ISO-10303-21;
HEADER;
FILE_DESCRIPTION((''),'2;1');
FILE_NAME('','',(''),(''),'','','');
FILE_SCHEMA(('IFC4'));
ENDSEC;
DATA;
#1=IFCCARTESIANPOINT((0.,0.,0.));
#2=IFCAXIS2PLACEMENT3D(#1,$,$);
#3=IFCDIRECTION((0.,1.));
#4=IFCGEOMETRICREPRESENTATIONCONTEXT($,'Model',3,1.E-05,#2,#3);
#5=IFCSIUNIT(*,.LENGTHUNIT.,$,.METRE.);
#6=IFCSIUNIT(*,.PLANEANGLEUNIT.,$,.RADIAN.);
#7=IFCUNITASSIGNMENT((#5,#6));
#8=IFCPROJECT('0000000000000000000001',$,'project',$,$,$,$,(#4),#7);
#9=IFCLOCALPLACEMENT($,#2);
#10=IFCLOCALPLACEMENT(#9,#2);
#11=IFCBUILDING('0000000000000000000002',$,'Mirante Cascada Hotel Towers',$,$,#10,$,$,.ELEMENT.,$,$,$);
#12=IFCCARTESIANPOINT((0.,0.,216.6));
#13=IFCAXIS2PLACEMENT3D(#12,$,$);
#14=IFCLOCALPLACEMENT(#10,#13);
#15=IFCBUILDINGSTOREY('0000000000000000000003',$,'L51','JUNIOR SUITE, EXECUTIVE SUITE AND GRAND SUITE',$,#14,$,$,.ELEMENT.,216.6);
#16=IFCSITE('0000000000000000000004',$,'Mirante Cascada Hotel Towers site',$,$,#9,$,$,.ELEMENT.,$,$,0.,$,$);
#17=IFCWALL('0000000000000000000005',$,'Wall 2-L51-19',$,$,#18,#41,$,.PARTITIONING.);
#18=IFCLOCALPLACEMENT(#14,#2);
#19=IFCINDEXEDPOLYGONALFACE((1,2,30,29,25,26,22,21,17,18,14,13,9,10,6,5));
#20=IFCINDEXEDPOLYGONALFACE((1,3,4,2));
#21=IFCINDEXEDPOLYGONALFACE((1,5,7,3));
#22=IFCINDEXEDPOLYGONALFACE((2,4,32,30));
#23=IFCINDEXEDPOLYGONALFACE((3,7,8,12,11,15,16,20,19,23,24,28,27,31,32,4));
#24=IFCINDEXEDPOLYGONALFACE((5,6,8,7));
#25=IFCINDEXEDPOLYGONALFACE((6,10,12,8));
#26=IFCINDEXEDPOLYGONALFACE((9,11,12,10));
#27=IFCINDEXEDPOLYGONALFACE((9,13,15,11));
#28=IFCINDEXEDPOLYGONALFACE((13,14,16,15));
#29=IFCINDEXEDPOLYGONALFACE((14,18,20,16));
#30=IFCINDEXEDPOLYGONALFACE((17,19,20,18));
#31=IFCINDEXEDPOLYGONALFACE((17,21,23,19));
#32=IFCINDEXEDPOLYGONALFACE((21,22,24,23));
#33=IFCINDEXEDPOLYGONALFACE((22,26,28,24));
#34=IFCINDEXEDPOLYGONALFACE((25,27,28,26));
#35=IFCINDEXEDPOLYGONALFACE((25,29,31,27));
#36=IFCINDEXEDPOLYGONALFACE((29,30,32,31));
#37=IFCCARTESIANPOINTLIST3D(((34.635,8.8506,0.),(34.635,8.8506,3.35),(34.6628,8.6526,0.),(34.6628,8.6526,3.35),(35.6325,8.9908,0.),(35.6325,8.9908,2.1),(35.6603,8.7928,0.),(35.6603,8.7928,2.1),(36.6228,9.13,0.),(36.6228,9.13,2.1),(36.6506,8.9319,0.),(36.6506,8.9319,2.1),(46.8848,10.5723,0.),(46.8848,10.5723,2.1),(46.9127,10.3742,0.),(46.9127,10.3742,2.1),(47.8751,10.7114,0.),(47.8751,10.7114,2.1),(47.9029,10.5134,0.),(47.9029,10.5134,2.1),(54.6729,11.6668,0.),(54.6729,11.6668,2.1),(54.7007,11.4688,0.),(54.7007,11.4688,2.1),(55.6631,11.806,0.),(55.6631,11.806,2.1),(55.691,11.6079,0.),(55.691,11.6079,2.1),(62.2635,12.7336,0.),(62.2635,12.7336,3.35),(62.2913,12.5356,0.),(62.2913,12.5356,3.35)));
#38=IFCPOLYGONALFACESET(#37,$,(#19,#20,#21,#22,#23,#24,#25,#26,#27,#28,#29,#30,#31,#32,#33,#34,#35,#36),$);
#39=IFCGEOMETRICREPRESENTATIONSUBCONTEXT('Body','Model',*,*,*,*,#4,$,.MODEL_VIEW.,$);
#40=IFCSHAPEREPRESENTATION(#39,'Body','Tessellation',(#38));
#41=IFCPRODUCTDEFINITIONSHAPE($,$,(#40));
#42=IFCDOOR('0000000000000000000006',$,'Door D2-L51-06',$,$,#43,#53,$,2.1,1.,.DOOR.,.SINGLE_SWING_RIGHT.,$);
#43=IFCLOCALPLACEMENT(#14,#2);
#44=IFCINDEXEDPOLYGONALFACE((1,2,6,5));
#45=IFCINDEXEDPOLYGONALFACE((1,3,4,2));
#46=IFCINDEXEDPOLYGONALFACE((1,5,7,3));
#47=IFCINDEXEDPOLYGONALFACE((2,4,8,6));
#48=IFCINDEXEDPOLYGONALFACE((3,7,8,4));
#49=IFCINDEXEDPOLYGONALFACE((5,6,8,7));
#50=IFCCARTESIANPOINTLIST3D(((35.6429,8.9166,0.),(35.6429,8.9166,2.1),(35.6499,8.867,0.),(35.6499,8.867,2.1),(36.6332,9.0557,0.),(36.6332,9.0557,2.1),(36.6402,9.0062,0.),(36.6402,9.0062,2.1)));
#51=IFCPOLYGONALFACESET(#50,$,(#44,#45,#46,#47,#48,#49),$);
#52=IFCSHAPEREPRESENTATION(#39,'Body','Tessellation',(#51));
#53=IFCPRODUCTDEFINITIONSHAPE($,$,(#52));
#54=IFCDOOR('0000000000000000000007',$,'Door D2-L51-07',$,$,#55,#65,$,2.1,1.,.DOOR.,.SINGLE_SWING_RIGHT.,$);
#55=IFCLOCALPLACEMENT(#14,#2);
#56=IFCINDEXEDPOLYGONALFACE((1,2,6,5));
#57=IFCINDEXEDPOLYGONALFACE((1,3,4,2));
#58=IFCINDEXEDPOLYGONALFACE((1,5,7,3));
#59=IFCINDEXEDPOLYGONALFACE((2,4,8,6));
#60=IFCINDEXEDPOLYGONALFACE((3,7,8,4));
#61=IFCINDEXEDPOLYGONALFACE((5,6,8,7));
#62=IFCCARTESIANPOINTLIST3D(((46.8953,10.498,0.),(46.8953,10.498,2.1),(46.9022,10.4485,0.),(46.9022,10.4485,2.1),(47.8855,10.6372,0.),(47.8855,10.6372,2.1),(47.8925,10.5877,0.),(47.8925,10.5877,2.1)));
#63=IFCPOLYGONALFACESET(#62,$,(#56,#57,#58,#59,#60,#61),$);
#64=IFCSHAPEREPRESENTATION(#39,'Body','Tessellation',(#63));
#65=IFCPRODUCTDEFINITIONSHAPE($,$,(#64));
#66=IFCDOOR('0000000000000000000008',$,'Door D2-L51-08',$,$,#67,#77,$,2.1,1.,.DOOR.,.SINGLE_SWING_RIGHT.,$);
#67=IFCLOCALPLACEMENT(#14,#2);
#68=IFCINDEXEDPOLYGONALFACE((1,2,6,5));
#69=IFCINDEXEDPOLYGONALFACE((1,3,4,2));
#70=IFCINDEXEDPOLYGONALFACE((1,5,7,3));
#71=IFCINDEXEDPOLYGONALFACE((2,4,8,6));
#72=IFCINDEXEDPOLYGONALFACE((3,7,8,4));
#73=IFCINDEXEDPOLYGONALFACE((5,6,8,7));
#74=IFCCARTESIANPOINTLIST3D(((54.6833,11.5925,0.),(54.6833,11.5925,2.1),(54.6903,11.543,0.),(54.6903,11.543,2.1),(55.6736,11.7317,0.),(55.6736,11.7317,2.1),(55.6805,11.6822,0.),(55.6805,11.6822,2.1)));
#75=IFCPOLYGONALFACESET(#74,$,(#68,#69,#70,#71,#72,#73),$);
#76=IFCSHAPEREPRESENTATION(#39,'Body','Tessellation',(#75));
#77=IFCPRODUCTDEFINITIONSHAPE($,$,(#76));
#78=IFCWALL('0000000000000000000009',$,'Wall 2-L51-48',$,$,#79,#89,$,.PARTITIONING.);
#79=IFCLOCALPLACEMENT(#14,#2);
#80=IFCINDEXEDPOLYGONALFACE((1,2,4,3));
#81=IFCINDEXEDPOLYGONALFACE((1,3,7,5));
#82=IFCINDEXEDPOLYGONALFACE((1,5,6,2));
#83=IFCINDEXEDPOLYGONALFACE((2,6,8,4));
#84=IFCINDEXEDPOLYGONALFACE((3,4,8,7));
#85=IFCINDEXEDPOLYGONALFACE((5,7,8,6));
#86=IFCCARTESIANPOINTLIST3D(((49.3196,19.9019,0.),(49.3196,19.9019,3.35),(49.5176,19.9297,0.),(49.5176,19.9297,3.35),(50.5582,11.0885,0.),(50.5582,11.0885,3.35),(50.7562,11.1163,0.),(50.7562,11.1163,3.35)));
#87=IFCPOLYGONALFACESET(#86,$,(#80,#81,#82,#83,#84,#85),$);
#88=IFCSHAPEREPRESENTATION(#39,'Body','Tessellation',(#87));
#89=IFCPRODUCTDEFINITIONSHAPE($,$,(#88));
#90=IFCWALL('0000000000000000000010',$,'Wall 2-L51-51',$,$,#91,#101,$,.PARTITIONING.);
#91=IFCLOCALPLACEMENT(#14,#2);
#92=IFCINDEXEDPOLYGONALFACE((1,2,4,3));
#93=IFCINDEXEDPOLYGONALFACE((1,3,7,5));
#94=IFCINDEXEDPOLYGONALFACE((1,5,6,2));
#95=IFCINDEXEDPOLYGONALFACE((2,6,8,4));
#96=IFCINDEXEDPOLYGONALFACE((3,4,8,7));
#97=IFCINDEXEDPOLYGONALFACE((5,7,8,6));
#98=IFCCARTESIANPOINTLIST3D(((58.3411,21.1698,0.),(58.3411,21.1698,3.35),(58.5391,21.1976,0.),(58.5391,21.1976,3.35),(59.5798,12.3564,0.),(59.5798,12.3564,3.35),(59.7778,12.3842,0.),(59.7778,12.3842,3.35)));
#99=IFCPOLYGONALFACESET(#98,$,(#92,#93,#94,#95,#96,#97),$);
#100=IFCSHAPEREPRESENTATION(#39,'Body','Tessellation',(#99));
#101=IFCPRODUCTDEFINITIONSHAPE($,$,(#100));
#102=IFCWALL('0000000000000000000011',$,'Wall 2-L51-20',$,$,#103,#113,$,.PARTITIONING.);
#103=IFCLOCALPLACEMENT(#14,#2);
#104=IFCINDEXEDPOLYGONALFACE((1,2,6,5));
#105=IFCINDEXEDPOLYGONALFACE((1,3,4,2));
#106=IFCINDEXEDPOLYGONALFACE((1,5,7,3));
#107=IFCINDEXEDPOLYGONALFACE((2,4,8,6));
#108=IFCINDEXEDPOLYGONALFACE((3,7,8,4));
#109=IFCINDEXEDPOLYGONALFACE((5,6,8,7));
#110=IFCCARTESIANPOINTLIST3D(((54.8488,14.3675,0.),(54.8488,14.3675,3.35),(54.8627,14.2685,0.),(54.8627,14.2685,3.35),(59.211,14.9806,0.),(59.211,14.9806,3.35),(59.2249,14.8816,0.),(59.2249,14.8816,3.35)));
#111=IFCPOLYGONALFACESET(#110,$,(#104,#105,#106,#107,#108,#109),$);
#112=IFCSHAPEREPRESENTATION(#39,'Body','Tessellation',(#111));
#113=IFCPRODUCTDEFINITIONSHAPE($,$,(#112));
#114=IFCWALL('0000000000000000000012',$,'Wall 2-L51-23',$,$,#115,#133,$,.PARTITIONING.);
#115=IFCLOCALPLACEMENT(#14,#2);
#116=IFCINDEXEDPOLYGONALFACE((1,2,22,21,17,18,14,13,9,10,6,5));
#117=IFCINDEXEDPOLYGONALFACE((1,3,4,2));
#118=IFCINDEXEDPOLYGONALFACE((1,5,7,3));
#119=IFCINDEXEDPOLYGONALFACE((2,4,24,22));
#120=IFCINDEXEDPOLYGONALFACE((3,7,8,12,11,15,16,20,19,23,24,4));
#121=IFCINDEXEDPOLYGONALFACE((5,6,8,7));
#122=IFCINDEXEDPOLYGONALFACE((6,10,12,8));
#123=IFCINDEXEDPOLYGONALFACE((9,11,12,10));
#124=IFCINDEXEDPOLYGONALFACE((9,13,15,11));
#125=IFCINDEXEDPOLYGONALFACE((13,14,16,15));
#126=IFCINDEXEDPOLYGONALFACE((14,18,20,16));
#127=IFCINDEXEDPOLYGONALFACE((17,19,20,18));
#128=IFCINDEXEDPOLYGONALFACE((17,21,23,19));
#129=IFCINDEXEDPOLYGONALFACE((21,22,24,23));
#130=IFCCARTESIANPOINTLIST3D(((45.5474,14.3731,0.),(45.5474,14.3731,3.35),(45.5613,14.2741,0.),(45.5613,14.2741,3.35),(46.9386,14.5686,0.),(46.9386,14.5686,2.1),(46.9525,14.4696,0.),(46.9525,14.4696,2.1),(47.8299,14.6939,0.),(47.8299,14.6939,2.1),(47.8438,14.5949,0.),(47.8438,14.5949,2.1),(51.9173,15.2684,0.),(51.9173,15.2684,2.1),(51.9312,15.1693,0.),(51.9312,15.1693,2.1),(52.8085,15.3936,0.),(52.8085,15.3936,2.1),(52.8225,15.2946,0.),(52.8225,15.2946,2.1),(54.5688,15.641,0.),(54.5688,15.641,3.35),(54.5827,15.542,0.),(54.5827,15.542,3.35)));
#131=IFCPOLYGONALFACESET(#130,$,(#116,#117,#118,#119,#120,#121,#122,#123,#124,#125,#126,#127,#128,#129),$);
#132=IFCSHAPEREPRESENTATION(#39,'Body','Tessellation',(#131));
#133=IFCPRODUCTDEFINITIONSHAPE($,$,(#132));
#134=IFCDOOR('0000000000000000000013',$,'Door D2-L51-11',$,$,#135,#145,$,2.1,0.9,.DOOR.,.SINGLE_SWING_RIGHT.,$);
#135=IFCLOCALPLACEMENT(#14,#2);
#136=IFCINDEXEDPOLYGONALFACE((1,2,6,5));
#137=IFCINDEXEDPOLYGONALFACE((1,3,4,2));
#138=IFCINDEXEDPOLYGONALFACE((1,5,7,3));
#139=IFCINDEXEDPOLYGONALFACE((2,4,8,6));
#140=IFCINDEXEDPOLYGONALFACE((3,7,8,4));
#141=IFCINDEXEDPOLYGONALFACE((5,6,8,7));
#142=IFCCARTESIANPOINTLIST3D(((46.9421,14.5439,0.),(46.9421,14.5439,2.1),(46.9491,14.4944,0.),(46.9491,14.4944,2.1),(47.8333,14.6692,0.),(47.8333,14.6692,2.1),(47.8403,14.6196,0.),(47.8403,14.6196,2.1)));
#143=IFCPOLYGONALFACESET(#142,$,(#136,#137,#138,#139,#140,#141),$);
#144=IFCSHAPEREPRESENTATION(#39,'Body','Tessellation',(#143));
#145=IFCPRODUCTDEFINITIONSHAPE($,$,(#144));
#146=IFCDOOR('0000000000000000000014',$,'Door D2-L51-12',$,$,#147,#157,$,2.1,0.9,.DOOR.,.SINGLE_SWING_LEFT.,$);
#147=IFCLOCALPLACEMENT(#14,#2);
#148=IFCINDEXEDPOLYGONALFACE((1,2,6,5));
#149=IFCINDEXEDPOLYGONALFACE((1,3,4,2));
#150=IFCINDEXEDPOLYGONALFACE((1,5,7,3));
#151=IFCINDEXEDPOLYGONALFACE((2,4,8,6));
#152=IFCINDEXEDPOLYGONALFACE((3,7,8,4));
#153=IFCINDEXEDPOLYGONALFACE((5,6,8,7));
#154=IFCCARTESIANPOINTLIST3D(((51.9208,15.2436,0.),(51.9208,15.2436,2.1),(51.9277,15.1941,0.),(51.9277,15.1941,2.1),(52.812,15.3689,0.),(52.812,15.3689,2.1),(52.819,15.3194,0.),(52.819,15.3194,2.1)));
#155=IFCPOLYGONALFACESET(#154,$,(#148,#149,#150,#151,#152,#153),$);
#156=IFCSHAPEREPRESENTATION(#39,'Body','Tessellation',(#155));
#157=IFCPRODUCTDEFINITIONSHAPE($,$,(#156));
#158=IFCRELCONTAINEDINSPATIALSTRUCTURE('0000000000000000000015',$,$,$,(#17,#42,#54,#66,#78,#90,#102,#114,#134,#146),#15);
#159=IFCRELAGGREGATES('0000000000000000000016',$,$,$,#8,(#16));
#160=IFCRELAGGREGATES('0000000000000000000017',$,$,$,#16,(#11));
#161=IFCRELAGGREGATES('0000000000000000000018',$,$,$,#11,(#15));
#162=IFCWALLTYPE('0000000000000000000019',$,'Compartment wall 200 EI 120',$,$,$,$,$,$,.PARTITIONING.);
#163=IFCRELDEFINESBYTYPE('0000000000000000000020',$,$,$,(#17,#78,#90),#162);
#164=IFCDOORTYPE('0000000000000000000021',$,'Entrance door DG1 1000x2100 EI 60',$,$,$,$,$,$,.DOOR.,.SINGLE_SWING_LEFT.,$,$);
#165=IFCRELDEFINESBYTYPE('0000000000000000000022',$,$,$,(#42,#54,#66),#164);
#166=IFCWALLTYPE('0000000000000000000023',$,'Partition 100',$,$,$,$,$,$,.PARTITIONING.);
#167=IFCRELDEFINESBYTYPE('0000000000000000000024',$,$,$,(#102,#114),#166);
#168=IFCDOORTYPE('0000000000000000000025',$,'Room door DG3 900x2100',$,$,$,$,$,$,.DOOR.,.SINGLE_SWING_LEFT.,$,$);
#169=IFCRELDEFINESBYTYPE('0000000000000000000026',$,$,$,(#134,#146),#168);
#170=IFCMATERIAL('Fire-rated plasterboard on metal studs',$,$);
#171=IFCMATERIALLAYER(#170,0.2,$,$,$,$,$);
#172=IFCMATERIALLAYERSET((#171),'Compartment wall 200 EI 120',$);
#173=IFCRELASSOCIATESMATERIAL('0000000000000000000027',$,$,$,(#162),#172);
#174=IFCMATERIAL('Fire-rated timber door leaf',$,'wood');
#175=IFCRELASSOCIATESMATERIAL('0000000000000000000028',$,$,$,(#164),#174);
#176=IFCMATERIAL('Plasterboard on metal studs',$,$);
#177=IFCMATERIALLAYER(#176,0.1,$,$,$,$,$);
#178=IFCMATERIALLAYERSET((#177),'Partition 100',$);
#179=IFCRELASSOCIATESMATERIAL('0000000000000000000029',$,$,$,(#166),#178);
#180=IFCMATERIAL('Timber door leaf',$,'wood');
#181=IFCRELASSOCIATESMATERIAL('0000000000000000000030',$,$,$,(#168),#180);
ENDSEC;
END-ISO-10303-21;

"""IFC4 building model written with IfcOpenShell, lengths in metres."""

from ifc_helpers import new_model, si_unit, direction, frame, frame_2d, origin, place, context, subcontext, project, spatial, rectangle, extrude, material, layer, layer_set, type_object, element, fill, save


model = new_model("IFC4")

# Units and contexts
model_context = context("Model", 3, precision=1e-05, world=origin(), true_north=direction((0.0, 1.0)))
body_context = subcontext(model_context, "Body", "Model", "MODEL_VIEW")
ifc_project = project(units=[si_unit("LENGTHUNIT", "METRE"), si_unit("PLANEANGLEUNIT", "RADIAN")], contexts=[model_context])

# Site, building, storey
site_placement = place(None, origin())
site = spatial("IfcSite", under=ifc_project, at=site_placement, Name="Mirante Cascada Hotel Towers site", CompositionType="ELEMENT", RefElevation=0.0)
building_placement = place(site_placement, origin())
building = spatial("IfcBuilding", under=site, at=building_placement, Name="Mirante Cascada Hotel Towers", CompositionType="ELEMENT")
storey_placement = place(building_placement, frame((0.0, 0.0, 216.6)))
storey = spatial("IfcBuildingStorey", under=building, at=storey_placement, Name="L51", Description="JUNIOR SUITE, EXECUTIVE SUITE AND GRAND SUITE", CompositionType="ELEMENT", Elevation=216.6)

# Wall, openings, doors
ifc_material_1 = material(Name="Fire-rated plasterboard on metal studs")
ifc_layer_1 = layer(ifc_material_1, 0.2)
ifc_layer_set_1 = layer_set([ifc_layer_1], Name="Compartment wall 200 EI 120")
wall_type_1 = type_object("IfcWallType", Name="Compartment wall 200 EI 120", PredefinedType="PARTITIONING", material=ifc_layer_set_1)
wall_1_placement = place(storey_placement, frame((62.2774, 12.6346, 0.0), z_axis=(0.0, 0.0, 1.0), x_axis=(-0.990268, -0.139176, 0.0)))
wall_1 = element("IfcWall", 1, at=wall_1_placement, inside=storey, type_object=wall_type_1, Name="Wall 2-L51-19", PredefinedType="PARTITIONING", context=body_context, shape_type="SweptSolid", body=[
    extrude(rectangle(XDim=27.9, YDim=0.2, at=frame_2d((13.95, 0.0))), origin(), (0.0, 0.0, 1.0), 3.35),
])
opening_1_placement = place(wall_1_placement, frame((25.8927, 0.0, 0.0)))
opening_1 = element("IfcOpeningElement", 2, at=opening_1_placement, cuts=wall_1, PredefinedType="OPENING", context=body_context, shape_type="SweptSolid", body=[
    extrude(rectangle(XDim=1.0, YDim=2.1, at=frame_2d((0.5, 1.05))), frame((0.0, 0.1, 0.0), z_axis=(0.0, -1.0, 0.0), x_axis=(1.0, 0.0, 0.0)), (0.0, 0.0, 1.0), 0.2),
])
opening_2_placement = place(wall_1_placement, frame((14.5298, 0.0, 0.0)))
opening_2 = element("IfcOpeningElement", 3, at=opening_2_placement, cuts=wall_1, PredefinedType="OPENING", context=body_context, shape_type="SweptSolid", body=[
    extrude(rectangle(XDim=1.0, YDim=2.1, at=frame_2d((0.5, 1.05))), frame((0.0, 0.1, 0.0), z_axis=(0.0, -1.0, 0.0), x_axis=(1.0, 0.0, 0.0)), (0.0, 0.0, 1.0), 0.2),
])
opening_3_placement = place(wall_1_placement, frame((6.6652, 0.0, 0.0)))
opening_3 = element("IfcOpeningElement", 4, at=opening_3_placement, cuts=wall_1, PredefinedType="OPENING", context=body_context, shape_type="SweptSolid", body=[
    extrude(rectangle(XDim=1.0, YDim=2.1, at=frame_2d((0.5, 1.05))), frame((0.0, 0.1, 0.0), z_axis=(0.0, -1.0, 0.0), x_axis=(1.0, 0.0, 0.0)), (0.0, 0.0, 1.0), 0.2),
])
ifc_material_2 = material(Name="Fire-rated timber door leaf", Category="wood")
door_type_1 = type_object("IfcDoorType", Name="Entrance door DG1 1000x2100 EI 60", OperationType="SINGLE_SWING_LEFT", PredefinedType="DOOR", material=ifc_material_2)
door_1_placement = place(opening_1_placement, frame((1.0, 0.0, 0.0), z_axis=(0.0, 0.0, 1.0), x_axis=(-1.0, 0.0, 0.0)))
door_1 = element("IfcDoor", 5, at=door_1_placement, inside=storey, type_object=door_type_1, Name="Door D2-L51-06", OperationType="SINGLE_SWING_RIGHT", OverallHeight=2.1, OverallWidth=1.0, PredefinedType="DOOR", context=body_context, shape_type="SweptSolid", body=[
    extrude(rectangle(XDim=1.0, YDim=2.1, at=frame_2d((0.5, 1.05))), frame((0.0, 0.025, 0.0), z_axis=(0.0, -1.0, 0.0), x_axis=(1.0, 0.0, 0.0)), (0.0, 0.0, 1.0), 0.05),
])
fill(opening_1, door_1)
door_2_placement = place(opening_2_placement, frame((1.0, 0.0, 0.0), z_axis=(0.0, 0.0, 1.0), x_axis=(-1.0, 0.0, 0.0)))
door_2 = element("IfcDoor", 6, at=door_2_placement, inside=storey, type_object=door_type_1, Name="Door D2-L51-07", OperationType="SINGLE_SWING_RIGHT", OverallHeight=2.1, OverallWidth=1.0, PredefinedType="DOOR", context=body_context, shape_type="SweptSolid", body=[
    extrude(rectangle(XDim=1.0, YDim=2.1, at=frame_2d((0.5, 1.05))), frame((0.0, 0.025, 0.0), z_axis=(0.0, -1.0, 0.0), x_axis=(1.0, 0.0, 0.0)), (0.0, 0.0, 1.0), 0.05),
])
fill(opening_2, door_2)
door_3_placement = place(opening_3_placement, frame((1.0, 0.0, 0.0), z_axis=(0.0, 0.0, 1.0), x_axis=(-1.0, 0.0, 0.0)))
door_3 = element("IfcDoor", 7, at=door_3_placement, inside=storey, type_object=door_type_1, Name="Door D2-L51-08", OperationType="SINGLE_SWING_RIGHT", OverallHeight=2.1, OverallWidth=1.0, PredefinedType="DOOR", context=body_context, shape_type="SweptSolid", body=[
    extrude(rectangle(XDim=1.0, YDim=2.1, at=frame_2d((0.5, 1.05))), frame((0.0, 0.025, 0.0), z_axis=(0.0, -1.0, 0.0), x_axis=(1.0, 0.0, 0.0)), (0.0, 0.0, 1.0), 0.05),
])
fill(opening_3, door_3)

# Walls
for number, where, z_axis, x_axis, name in (
    (8, (50.6572, 11.1024, 0.0), (0.0, 0.0, 1.0), (-0.139168, 0.990269, 0.0), "Wall 2-L51-48"),
    (9, (58.4401, 21.1837, 0.0), (0.0, 0.0, 1.0), (0.139179, -0.990267, 0.0), "Wall 2-L51-51"),
):
    element("IfcWall", number, at=place(storey_placement, frame(where, z_axis=z_axis, x_axis=x_axis)), inside=storey, type_object=wall_type_1, Name=name, PredefinedType="PARTITIONING", context=body_context, shape_type="SweptSolid", body=[
        extrude(rectangle(XDim=8.9, YDim=0.2, at=frame_2d((4.45, 0.0))), origin(), (0.0, 0.0, 1.0), 3.35),
    ])
ifc_material_3 = material(Name="Plasterboard on metal studs")
ifc_layer_2 = layer(ifc_material_3, 0.1)
ifc_layer_set_2 = layer_set([ifc_layer_2], Name="Partition 100")
wall_type_2 = type_object("IfcWallType", Name="Partition 100", PredefinedType="PARTITIONING", material=ifc_layer_set_2)
wall_2_placement = place(storey_placement, frame((54.8557, 14.318, 0.0), z_axis=(0.0, 0.0, 1.0), x_axis=(0.990267, 0.13918, 0.0)))
element("IfcWall", 10, at=wall_2_placement, inside=storey, type_object=wall_type_2, Name="Wall 2-L51-20", PredefinedType="PARTITIONING", context=body_context, shape_type="SweptSolid", body=[
    extrude(rectangle(XDim=4.4051, YDim=0.1, at=frame_2d((2.2026, 0.0))), origin(), (0.0, 0.0, 1.0), 3.35),
])

# Wall, openings, doors
wall_3_placement = place(storey_placement, frame((54.5757, 15.5915, 0.0), z_axis=(0.0, 0.0, 1.0), x_axis=(-0.990268, -0.139176, 0.0)))
wall_3 = element("IfcWall", 11, at=wall_3_placement, inside=storey, type_object=wall_type_2, Name="Wall 2-L51-23", PredefinedType="PARTITIONING", context=body_context, shape_type="SweptSolid", body=[
    extrude(rectangle(XDim=9.1101, YDim=0.1, at=frame_2d((4.555, 0.0))), origin(), (0.0, 0.0, 1.0), 3.35),
])
opening_4_placement = place(wall_3_placement, frame((6.8051, 0.0, 0.0)))
opening_4 = element("IfcOpeningElement", 12, at=opening_4_placement, cuts=wall_3, PredefinedType="OPENING", context=body_context, shape_type="SweptSolid", body=[
    extrude(rectangle(XDim=0.9, YDim=2.1, at=frame_2d((0.45, 1.05))), frame((0.0, 0.05, 0.0), z_axis=(0.0, -1.0, 0.0), x_axis=(1.0, 0.0, 0.0)), (0.0, 0.0, 1.0), 0.1),
])
opening_5_placement = place(wall_3_placement, frame((1.7775, 0.0, 0.0)))
opening_5 = element("IfcOpeningElement", 13, at=opening_5_placement, cuts=wall_3, PredefinedType="OPENING", context=body_context, shape_type="SweptSolid", body=[
    extrude(rectangle(XDim=0.9, YDim=2.1, at=frame_2d((0.45, 1.05))), frame((0.0, 0.05, 0.0), z_axis=(0.0, -1.0, 0.0), x_axis=(1.0, 0.0, 0.0)), (0.0, 0.0, 1.0), 0.1),
])
ifc_material_4 = material(Name="Timber door leaf", Category="wood")
door_type_2 = type_object("IfcDoorType", Name="Room door DG3 900x2100", OperationType="SINGLE_SWING_LEFT", PredefinedType="DOOR", material=ifc_material_4)
door_4_placement = place(opening_4_placement, frame((0.9, 0.0, 0.0), z_axis=(0.0, 0.0, 1.0), x_axis=(-1.0, 0.0, 0.0)))
door_4 = element("IfcDoor", 14, at=door_4_placement, inside=storey, type_object=door_type_2, Name="Door D2-L51-11", OperationType="SINGLE_SWING_RIGHT", OverallHeight=2.1, OverallWidth=0.9, PredefinedType="DOOR", context=body_context, shape_type="SweptSolid", body=[
    extrude(rectangle(XDim=0.9, YDim=2.1, at=frame_2d((0.45, 1.05))), frame((0.0, 0.025, 0.0), z_axis=(0.0, -1.0, 0.0), x_axis=(1.0, 0.0, 0.0)), (0.0, 0.0, 1.0), 0.05),
])
fill(opening_4, door_4)
door_5_placement = place(opening_5_placement, origin())
door_5 = element("IfcDoor", 15, at=door_5_placement, inside=storey, type_object=door_type_2, Name="Door D2-L51-12", OperationType="SINGLE_SWING_LEFT", OverallHeight=2.1, OverallWidth=0.9, PredefinedType="DOOR", context=body_context, shape_type="SweptSolid", body=[
    extrude(rectangle(XDim=0.9, YDim=2.1, at=frame_2d((0.45, 1.05))), frame((0.0, 0.025, 0.0), z_axis=(0.0, -1.0, 0.0), x_axis=(1.0, 0.0, 0.0)), (0.0, 0.0, 1.0), 0.05),
])
fill(opening_5, door_5)

save(model, "model.ifc")
